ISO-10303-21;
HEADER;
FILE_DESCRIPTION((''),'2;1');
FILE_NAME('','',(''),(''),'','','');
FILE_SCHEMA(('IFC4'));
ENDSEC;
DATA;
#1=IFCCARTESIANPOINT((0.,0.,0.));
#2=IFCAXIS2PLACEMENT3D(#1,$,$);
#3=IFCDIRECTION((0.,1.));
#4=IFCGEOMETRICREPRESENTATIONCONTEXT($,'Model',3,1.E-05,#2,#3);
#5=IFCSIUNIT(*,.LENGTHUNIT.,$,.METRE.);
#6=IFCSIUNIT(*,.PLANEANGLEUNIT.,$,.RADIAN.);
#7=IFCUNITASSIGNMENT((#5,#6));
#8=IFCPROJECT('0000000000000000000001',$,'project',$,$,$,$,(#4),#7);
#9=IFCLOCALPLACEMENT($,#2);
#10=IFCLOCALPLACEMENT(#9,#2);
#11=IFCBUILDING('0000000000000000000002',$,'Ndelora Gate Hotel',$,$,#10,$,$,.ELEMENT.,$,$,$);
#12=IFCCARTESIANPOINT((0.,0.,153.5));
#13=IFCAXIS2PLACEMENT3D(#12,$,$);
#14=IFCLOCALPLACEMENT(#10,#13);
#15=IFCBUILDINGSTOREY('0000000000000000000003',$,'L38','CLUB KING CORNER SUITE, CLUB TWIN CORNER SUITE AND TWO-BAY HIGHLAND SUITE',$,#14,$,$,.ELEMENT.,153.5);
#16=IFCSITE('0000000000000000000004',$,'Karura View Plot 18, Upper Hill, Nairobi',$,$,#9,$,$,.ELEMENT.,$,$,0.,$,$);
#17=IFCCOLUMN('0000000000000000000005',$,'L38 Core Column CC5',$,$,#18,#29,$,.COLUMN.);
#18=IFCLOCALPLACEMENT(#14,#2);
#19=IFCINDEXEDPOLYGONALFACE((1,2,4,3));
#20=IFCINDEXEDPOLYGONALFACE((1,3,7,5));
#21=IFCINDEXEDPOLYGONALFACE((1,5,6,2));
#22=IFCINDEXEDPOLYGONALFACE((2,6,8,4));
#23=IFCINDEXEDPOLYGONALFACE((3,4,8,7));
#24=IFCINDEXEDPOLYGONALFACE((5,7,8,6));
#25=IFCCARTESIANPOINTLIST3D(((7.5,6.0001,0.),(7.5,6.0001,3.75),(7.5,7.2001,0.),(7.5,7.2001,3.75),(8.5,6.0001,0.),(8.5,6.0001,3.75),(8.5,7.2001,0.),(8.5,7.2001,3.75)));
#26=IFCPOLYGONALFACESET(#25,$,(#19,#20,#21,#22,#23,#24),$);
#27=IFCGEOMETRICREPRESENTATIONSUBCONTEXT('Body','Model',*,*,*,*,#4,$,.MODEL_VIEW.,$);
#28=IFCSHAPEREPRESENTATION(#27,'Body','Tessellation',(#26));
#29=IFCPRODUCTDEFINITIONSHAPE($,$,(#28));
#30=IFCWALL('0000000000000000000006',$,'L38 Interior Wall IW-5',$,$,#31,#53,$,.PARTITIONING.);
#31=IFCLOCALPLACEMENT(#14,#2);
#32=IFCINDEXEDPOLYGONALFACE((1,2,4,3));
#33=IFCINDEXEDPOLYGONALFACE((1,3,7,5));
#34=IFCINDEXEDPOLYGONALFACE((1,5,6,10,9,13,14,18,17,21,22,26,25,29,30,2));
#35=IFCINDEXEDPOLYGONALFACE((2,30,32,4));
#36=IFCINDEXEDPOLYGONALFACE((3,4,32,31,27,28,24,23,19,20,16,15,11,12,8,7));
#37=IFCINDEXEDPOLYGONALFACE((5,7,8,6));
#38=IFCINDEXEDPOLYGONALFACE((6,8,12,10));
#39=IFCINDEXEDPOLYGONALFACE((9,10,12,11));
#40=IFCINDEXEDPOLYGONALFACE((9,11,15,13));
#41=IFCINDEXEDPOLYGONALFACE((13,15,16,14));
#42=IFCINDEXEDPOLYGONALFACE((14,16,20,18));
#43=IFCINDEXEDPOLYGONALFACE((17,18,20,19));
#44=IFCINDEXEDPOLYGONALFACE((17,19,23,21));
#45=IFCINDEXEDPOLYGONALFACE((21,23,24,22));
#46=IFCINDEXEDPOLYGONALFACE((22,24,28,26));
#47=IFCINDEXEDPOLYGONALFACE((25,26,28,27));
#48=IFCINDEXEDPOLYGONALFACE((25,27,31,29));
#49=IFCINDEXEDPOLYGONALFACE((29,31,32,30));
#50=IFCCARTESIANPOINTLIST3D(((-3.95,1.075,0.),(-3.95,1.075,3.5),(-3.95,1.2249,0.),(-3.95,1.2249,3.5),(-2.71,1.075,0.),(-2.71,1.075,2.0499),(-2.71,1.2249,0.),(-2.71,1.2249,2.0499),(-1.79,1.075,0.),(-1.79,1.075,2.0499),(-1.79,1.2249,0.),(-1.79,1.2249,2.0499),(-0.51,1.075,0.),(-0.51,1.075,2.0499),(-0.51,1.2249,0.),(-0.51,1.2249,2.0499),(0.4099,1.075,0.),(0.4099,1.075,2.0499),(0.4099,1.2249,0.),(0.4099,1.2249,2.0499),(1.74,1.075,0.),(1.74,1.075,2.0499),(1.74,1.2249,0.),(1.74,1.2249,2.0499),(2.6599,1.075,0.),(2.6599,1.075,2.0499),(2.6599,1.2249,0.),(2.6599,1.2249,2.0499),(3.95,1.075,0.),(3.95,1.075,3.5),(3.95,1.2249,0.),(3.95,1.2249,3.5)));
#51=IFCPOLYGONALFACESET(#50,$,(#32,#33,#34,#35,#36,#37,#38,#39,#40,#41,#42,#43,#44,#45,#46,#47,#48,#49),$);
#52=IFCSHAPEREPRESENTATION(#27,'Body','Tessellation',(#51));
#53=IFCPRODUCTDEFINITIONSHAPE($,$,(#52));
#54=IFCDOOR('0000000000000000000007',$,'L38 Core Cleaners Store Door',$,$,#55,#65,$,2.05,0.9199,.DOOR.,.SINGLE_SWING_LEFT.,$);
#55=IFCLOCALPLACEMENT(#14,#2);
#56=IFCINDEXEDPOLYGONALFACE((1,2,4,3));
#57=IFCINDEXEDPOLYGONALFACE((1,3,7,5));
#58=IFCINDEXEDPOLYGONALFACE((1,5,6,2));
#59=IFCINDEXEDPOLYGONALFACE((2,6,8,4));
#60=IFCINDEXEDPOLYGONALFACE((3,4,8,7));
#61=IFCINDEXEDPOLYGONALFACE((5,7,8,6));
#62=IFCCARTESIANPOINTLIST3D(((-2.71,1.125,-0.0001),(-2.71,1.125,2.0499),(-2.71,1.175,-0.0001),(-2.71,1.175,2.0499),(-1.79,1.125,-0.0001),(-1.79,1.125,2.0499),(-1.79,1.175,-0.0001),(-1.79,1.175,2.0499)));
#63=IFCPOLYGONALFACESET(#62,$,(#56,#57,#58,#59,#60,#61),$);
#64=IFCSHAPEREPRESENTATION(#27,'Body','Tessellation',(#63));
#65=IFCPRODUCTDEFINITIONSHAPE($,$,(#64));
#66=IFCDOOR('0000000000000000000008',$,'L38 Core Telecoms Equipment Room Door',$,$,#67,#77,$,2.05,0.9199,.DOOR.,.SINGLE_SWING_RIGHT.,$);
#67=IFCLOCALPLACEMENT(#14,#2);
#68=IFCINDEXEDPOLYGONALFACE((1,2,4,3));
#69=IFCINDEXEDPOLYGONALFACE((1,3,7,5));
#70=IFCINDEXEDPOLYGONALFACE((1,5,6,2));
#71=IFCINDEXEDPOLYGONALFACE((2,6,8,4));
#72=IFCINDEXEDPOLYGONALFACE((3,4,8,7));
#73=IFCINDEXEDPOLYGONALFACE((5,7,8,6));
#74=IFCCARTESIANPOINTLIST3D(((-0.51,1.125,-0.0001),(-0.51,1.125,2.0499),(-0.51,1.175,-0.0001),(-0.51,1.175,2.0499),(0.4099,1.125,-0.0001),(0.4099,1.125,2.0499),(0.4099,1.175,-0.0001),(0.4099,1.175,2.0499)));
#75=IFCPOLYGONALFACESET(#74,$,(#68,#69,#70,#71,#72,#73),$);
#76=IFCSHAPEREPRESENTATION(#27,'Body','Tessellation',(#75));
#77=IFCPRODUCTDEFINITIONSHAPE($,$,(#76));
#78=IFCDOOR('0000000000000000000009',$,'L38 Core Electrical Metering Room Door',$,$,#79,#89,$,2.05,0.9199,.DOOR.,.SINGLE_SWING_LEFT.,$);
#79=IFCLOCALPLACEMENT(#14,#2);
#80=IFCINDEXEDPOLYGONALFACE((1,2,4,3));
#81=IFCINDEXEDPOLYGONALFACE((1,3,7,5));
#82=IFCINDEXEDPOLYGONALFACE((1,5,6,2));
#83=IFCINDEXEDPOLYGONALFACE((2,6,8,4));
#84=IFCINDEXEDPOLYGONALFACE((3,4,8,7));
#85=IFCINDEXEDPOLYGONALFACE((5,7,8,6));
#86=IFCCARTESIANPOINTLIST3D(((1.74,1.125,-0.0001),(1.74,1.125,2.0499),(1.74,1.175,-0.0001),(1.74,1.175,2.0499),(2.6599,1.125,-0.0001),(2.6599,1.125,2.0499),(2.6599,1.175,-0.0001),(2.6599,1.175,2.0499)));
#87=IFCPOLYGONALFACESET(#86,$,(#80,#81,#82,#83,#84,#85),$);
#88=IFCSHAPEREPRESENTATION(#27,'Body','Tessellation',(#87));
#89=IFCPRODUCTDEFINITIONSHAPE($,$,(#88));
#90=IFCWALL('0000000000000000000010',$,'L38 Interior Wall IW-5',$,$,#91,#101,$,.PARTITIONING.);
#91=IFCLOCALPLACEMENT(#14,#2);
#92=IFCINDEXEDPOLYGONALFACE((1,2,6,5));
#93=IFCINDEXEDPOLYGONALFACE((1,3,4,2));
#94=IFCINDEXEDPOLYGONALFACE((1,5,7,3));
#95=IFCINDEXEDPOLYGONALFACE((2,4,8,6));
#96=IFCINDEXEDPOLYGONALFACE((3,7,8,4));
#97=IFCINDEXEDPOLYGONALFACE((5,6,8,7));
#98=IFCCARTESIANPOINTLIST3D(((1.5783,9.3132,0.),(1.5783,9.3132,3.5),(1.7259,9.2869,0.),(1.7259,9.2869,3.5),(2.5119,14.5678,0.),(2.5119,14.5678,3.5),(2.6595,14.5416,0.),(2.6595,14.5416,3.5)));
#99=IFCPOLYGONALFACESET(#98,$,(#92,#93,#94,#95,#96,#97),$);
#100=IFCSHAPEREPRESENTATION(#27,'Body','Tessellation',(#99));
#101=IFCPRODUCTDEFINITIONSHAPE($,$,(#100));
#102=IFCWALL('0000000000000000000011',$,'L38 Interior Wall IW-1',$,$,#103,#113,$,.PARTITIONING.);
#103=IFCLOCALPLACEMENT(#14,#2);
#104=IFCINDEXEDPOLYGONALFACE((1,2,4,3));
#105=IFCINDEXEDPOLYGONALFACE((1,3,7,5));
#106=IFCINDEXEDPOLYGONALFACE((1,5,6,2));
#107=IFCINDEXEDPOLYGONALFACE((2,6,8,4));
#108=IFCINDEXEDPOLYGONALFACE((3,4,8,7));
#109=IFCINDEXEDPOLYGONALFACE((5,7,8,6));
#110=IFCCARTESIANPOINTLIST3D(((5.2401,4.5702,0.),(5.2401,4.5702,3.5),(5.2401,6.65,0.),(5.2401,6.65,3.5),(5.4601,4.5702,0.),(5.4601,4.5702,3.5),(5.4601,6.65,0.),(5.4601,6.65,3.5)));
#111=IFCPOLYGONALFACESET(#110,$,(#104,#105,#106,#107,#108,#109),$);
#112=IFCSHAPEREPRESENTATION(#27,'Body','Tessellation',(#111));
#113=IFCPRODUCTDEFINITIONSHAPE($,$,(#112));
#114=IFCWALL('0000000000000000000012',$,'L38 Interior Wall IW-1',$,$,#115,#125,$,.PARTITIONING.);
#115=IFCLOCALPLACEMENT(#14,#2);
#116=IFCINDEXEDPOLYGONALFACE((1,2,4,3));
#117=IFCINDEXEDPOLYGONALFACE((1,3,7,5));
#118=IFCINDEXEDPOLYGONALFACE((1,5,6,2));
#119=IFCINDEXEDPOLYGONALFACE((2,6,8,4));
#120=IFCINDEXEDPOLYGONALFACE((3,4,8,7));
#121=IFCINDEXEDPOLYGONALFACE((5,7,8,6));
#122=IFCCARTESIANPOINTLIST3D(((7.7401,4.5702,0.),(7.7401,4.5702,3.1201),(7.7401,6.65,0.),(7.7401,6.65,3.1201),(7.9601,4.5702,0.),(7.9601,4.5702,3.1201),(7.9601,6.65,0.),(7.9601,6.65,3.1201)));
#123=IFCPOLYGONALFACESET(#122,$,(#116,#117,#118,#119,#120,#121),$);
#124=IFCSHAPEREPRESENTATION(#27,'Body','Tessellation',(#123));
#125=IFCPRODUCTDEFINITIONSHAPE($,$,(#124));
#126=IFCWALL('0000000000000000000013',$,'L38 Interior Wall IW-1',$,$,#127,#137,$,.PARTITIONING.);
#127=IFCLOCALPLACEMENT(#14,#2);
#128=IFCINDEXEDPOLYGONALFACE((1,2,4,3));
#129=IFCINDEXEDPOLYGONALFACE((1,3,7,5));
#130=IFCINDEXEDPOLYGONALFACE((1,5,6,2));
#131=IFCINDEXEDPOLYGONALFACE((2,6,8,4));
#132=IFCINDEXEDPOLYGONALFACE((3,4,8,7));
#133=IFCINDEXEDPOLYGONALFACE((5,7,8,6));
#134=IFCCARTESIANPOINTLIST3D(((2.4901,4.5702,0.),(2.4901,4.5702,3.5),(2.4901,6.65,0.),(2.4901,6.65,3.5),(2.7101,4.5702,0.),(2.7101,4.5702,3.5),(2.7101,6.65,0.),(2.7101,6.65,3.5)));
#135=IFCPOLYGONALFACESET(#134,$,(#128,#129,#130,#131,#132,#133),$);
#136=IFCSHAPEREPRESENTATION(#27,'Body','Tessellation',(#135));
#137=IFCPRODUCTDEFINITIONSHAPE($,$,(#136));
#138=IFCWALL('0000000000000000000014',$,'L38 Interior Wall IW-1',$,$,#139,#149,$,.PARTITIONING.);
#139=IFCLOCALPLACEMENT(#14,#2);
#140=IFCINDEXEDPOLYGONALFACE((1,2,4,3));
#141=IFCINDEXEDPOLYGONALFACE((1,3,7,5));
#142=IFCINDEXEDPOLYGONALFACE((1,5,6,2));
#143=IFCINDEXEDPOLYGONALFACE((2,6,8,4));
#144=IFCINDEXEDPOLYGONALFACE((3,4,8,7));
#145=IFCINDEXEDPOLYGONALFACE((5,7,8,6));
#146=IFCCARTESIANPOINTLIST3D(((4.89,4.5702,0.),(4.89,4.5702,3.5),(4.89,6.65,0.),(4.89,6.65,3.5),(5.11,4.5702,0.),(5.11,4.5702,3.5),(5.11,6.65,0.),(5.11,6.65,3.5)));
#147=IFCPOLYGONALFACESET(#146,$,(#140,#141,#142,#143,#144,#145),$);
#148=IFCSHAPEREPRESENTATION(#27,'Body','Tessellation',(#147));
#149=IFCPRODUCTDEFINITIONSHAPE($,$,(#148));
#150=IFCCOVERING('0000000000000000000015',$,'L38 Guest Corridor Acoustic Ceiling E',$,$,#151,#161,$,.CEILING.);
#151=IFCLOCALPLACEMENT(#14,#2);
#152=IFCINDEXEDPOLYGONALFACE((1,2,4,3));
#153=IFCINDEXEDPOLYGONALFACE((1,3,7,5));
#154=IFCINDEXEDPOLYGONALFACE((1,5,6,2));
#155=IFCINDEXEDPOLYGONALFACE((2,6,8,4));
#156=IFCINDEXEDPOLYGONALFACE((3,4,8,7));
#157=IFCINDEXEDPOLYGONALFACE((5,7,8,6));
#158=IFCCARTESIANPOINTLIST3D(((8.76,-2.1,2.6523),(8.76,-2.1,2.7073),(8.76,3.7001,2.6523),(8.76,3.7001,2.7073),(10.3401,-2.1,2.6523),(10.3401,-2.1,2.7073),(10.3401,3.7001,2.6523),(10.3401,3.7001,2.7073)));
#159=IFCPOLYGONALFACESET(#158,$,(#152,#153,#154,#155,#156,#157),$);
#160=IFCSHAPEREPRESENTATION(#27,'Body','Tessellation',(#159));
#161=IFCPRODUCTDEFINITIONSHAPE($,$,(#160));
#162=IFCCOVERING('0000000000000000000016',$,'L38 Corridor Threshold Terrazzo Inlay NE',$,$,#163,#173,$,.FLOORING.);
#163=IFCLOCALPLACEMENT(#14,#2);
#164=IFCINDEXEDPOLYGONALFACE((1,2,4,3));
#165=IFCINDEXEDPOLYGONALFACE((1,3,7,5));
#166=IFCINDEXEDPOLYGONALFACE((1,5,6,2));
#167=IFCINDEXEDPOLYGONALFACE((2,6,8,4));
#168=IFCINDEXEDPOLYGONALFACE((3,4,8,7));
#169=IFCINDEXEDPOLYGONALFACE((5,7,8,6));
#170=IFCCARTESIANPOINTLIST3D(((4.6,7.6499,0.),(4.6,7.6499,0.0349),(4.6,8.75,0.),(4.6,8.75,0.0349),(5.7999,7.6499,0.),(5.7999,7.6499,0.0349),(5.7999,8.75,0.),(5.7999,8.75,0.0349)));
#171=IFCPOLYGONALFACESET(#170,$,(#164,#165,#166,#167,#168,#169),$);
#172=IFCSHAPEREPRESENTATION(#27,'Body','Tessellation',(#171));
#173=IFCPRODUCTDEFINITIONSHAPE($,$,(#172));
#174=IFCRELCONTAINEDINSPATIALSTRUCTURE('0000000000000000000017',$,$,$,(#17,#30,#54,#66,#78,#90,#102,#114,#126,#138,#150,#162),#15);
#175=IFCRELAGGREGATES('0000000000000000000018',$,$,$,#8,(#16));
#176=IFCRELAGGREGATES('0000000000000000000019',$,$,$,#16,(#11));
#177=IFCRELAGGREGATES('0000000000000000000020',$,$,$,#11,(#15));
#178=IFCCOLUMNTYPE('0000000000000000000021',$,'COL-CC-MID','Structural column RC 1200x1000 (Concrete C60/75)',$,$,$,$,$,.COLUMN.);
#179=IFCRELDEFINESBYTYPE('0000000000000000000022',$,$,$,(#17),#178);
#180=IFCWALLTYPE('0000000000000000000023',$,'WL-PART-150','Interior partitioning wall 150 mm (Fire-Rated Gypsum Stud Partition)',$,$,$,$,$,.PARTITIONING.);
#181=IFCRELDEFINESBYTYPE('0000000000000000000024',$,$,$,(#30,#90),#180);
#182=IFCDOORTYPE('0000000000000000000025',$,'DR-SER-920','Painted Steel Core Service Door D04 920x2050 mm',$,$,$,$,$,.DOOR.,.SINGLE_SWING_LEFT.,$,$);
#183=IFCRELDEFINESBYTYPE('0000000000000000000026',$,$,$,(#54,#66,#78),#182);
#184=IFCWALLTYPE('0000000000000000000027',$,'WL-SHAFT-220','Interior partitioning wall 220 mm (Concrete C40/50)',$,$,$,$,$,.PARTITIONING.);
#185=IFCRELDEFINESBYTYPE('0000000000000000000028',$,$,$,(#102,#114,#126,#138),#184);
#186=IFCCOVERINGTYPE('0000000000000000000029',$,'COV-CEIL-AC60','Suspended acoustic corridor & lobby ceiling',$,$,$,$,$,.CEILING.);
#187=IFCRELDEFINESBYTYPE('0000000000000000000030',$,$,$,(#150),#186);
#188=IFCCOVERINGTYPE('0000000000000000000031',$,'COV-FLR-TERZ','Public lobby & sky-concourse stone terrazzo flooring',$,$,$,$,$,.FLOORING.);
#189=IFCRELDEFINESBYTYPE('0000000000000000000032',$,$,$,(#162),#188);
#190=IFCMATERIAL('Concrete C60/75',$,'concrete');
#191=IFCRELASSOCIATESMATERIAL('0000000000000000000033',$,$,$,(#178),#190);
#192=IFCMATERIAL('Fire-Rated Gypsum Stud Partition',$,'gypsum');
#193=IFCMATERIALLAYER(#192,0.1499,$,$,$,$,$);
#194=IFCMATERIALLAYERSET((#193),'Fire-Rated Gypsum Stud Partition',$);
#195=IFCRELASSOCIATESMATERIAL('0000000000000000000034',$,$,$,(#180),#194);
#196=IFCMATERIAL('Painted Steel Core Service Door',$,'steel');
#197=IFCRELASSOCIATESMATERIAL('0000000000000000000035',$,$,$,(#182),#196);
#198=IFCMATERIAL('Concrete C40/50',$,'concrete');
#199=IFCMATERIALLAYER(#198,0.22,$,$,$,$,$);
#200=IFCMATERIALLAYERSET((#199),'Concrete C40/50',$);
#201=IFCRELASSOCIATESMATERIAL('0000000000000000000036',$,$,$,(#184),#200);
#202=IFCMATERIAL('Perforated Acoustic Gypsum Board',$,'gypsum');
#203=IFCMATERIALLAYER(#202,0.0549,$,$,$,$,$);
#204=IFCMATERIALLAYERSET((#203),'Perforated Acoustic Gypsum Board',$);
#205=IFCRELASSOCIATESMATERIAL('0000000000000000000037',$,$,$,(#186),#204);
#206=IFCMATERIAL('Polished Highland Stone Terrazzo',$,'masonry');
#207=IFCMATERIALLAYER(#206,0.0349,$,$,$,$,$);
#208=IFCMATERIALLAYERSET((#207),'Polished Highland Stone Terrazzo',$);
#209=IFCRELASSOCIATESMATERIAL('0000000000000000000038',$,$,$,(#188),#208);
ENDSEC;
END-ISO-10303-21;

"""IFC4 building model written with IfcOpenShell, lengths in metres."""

from ifc_helpers import new_model, si_unit, direction, frame, frame_2d, origin, origin_2d, place, context, subcontext, project, spatial, rectangle, extrude, material, layer, layer_set, material_profile, profile_set, type_object, element, fill, save


model = new_model("IFC4")

# Units and contexts
model_context = context("Model", 3, precision=1e-05, world=origin(), true_north=direction((0.0, 1.0)))
body_context = subcontext(model_context, "Body", "Model", "MODEL_VIEW")
ifc_project = project(units=[si_unit("LENGTHUNIT", "METRE"), si_unit("PLANEANGLEUNIT", "RADIAN")], contexts=[model_context])

# Site, building, storey
site_placement = place(None, origin())
site = spatial("IfcSite", under=ifc_project, at=site_placement, Name="Karura View Plot 18, Upper Hill, Nairobi", CompositionType="ELEMENT", RefElevation=0.0)
building_placement = place(site_placement, origin())
building = spatial("IfcBuilding", under=site, at=building_placement, Name="Ndelora Gate Hotel", CompositionType="ELEMENT")
storey_placement = place(building_placement, frame((0.0, 0.0, 153.5)))
storey = spatial("IfcBuildingStorey", under=building, at=storey_placement, Name="L38", Description="CLUB KING CORNER SUITE, CLUB TWIN CORNER SUITE AND TWO-BAY HIGHLAND SUITE", CompositionType="ELEMENT", Elevation=153.5)

# Column
ifc_material_1 = material(Name="Concrete C60/75", Category="concrete")
ifc_material_profile = material_profile(ifc_material_1, rectangle(XDim=1.0, YDim=1.2, at=origin_2d()), Name="RC 1200x1000")
ifc_profile_set = profile_set([ifc_material_profile], Name="Concrete C60/75")
column_type = type_object("IfcColumnType", Name="COL-CC-MID", Description="Structural column RC 1200x1000 (Concrete C60/75)", PredefinedType="COLUMN", material=ifc_profile_set)
column_placement = place(storey_placement, frame((8.0, 6.6001, 0.0), z_axis=(0.0, 0.0, 1.0), x_axis=(1.0, 0.0, 0.0)))
element("IfcColumn", 1, at=column_placement, inside=storey, type_object=column_type, Name="L38 Core Column CC5", PredefinedType="COLUMN", context=body_context, shape_type="SweptSolid", body=[
    extrude(rectangle(XDim=1.0, YDim=1.2, at=origin_2d()), origin(), (0.0, 0.0, 1.0), 3.75),
])

# Shared definitions
ifc_material_2 = material(Name="Concrete C40/50", Category="concrete")

# Wall, openings, doors
ifc_material_3 = material(Name="Fire-Rated Gypsum Stud Partition", Category="gypsum")
ifc_layer_1 = layer(ifc_material_3, 0.1499)
ifc_layer_set_1 = layer_set([ifc_layer_1], Name="Fire-Rated Gypsum Stud Partition")
wall_type_1 = type_object("IfcWallType", Name="WL-PART-150", Description="Interior partitioning wall 150 mm (Fire-Rated Gypsum Stud Partition)", PredefinedType="PARTITIONING", material=ifc_layer_set_1)
wall_1_placement = place(storey_placement, frame((3.95, 1.1499, 0.0), z_axis=(0.0, 0.0, 1.0), x_axis=(-1.0, 0.0, 0.0)))
wall_1 = element("IfcWall", 2, at=wall_1_placement, inside=storey, type_object=wall_type_1, Name="L38 Interior Wall IW-5", PredefinedType="PARTITIONING", context=body_context, shape_type="SweptSolid", body=[
    extrude(rectangle(XDim=7.8999, YDim=0.1499, at=frame_2d((3.95, 0.0))), origin(), (0.0, 0.0, 1.0), 3.5),
])
opening_1_placement = place(wall_1_placement, frame((5.74, 0.0, 0.0)))
opening_1 = element("IfcOpeningElement", 3, at=opening_1_placement, cuts=wall_1, PredefinedType="OPENING", context=body_context, shape_type="SweptSolid", body=[
    extrude(rectangle(XDim=0.9199, YDim=2.05, at=frame_2d((0.46, 1.0249))), frame((0.0, 0.085, 0.0), z_axis=(0.0, -1.0, 0.0), x_axis=(1.0, 0.0, 0.0)), (0.0, 0.0, 1.0), 0.1699),
])
opening_2_placement = place(wall_1_placement, frame((3.54, 0.0, 0.0)))
opening_2 = element("IfcOpeningElement", 4, at=opening_2_placement, cuts=wall_1, PredefinedType="OPENING", context=body_context, shape_type="SweptSolid", body=[
    extrude(rectangle(XDim=0.9199, YDim=2.05, at=frame_2d((0.46, 1.0249))), frame((0.0, 0.085, 0.0), z_axis=(0.0, -1.0, 0.0), x_axis=(1.0, 0.0, 0.0)), (0.0, 0.0, 1.0), 0.1699),
])
opening_3_placement = place(wall_1_placement, frame((1.29, 0.0, 0.0)))
opening_3 = element("IfcOpeningElement", 5, at=opening_3_placement, cuts=wall_1, PredefinedType="OPENING", context=body_context, shape_type="SweptSolid", body=[
    extrude(rectangle(XDim=0.9199, YDim=2.05, at=frame_2d((0.46, 1.0249))), frame((0.0, 0.085, 0.0), z_axis=(0.0, -1.0, 0.0), x_axis=(1.0, 0.0, 0.0)), (0.0, 0.0, 1.0), 0.1699),
])
ifc_material_4 = material(Name="Painted Steel Core Service Door", Category="steel")
door_type_1 = type_object("IfcDoorType", Name="DR-SER-920", Description="Painted Steel Core Service Door D04 920x2050 mm", OperationType="SINGLE_SWING_LEFT", PredefinedType="DOOR", material=ifc_material_4)
door_1_placement = place(opening_1_placement, origin())
door_1 = element("IfcDoor", 6, at=door_1_placement, inside=storey, type_object=door_type_1, Name="L38 Core Cleaners Store Door", OperationType="SINGLE_SWING_LEFT", OverallHeight=2.05, OverallWidth=0.9199, PredefinedType="DOOR", context=body_context, shape_type="SweptSolid", body=[
    extrude(rectangle(XDim=0.9199, YDim=2.05, at=frame_2d((0.46, 1.0249))), frame((0.0, 0.0249, 0.0), z_axis=(0.0, -1.0, 0.0), x_axis=(1.0, 0.0, 0.0)), (0.0, 0.0, 1.0), 0.05),
])
fill(opening_1, door_1)
door_2_placement = place(opening_2_placement, origin())
door_2 = element("IfcDoor", 7, at=door_2_placement, inside=storey, type_object=door_type_1, Name="L38 Core Telecoms Equipment Room Door", OperationType="SINGLE_SWING_RIGHT", OverallHeight=2.05, OverallWidth=0.9199, PredefinedType="DOOR", context=body_context, shape_type="SweptSolid", body=[
    extrude(rectangle(XDim=0.9199, YDim=2.05, at=frame_2d((0.46, 1.0249))), frame((0.0, 0.0249, 0.0), z_axis=(0.0, -1.0, 0.0), x_axis=(1.0, 0.0, 0.0)), (0.0, 0.0, 1.0), 0.05),
])
fill(opening_2, door_2)
door_3_placement = place(opening_3_placement, origin())
door_3 = element("IfcDoor", 8, at=door_3_placement, inside=storey, type_object=door_type_1, Name="L38 Core Electrical Metering Room Door", OperationType="SINGLE_SWING_LEFT", OverallHeight=2.05, OverallWidth=0.9199, PredefinedType="DOOR", context=body_context, shape_type="SweptSolid", body=[
    extrude(rectangle(XDim=0.9199, YDim=2.05, at=frame_2d((0.46, 1.0249))), frame((0.0, 0.0249, 0.0), z_axis=(0.0, -1.0, 0.0), x_axis=(1.0, 0.0, 0.0)), (0.0, 0.0, 1.0), 0.05),
])
fill(opening_3, door_3)

# Wall
wall_2_placement = place(storey_placement, frame((1.6521, 9.3, 0.0), z_axis=(0.0, 0.0, 1.0), x_axis=(0.174931, 0.984581, 0.0)))
element("IfcWall", 9, at=wall_2_placement, inside=storey, type_object=wall_type_1, Name="L38 Interior Wall IW-5", PredefinedType="PARTITIONING", context=body_context, shape_type="SweptSolid", body=[
    extrude(rectangle(XDim=5.3369, YDim=0.1499, at=frame_2d((2.6685, 0.0))), origin(), (0.0, 0.0, 1.0), 3.5),
])

# Shared definitions
ifc_layer_2 = layer(ifc_material_2, 0.22)
ifc_layer_set_2 = layer_set([ifc_layer_2], Name="Concrete C40/50")
wall_type_2 = type_object("IfcWallType", Name="WL-SHAFT-220", Description="Interior partitioning wall 220 mm (Concrete C40/50)", PredefinedType="PARTITIONING", material=ifc_layer_set_2)

# Walls
wall_3_placement = place(storey_placement, frame((5.3501, 4.5701, 0.0), z_axis=(0.0, 0.0, 1.0), x_axis=(0.0, 1.0, 0.0)))
element("IfcWall", 10, at=wall_3_placement, inside=storey, type_object=wall_type_2, Name="L38 Interior Wall IW-1", PredefinedType="PARTITIONING", context=body_context, shape_type="SweptSolid", body=[
    extrude(rectangle(XDim=2.0798, YDim=0.22, at=frame_2d((1.04, 0.0))), origin(), (0.0, 0.0, 1.0), 3.5),
])
wall_4_placement = place(storey_placement, frame((7.8501, 4.5701, 0.0), z_axis=(0.0, 0.0, 1.0), x_axis=(0.0, 1.0, 0.0)))
element("IfcWall", 11, at=wall_4_placement, inside=storey, type_object=wall_type_2, Name="L38 Interior Wall IW-1", PredefinedType="PARTITIONING", context=body_context, shape_type="SweptSolid", body=[
    extrude(rectangle(XDim=2.0798, YDim=0.22, at=frame_2d((1.04, 0.0))), origin(), (0.0, 0.0, 1.0), 3.1201),
])

# Walls
for number, where, z_axis, x_axis, name in (
    (12, (2.6001, 4.5701, 0.0), (0.0, 0.0, 1.0), (0.0, 1.0, 0.0), "L38 Interior Wall IW-1"),
    (13, (5.0, 4.5701, 0.0), (0.0, 0.0, 1.0), (0.0, 1.0, 0.0), "L38 Interior Wall IW-1"),
):
    element("IfcWall", number, at=place(storey_placement, frame(where, z_axis=z_axis, x_axis=x_axis)), inside=storey, type_object=wall_type_2, Name=name, PredefinedType="PARTITIONING", context=body_context, shape_type="SweptSolid", body=[
        extrude(rectangle(XDim=2.0798, YDim=0.22, at=frame_2d((1.04, 0.0))), origin(), (0.0, 0.0, 1.0), 3.5),
    ])

# Coverings
ifc_material_5 = material(Name="Perforated Acoustic Gypsum Board", Category="gypsum")
ifc_layer_3 = layer(ifc_material_5, 0.0549)
ifc_layer_set_3 = layer_set([ifc_layer_3], Name="Perforated Acoustic Gypsum Board")
covering_type_1 = type_object("IfcCoveringType", Name="COV-CEIL-AC60", Description="Suspended acoustic corridor & lobby ceiling", PredefinedType="CEILING", material=ifc_layer_set_3)
covering_1_placement = place(storey_placement, frame((9.55, 0.8, 2.6523), z_axis=(0.0, 0.0, 1.0), x_axis=(1.0, 0.0, 0.0)))
element("IfcCovering", 14, at=covering_1_placement, inside=storey, type_object=covering_type_1, Name="L38 Guest Corridor Acoustic Ceiling E", PredefinedType="CEILING", context=body_context, shape_type="SweptSolid", body=[
    extrude(rectangle(XDim=1.5801, YDim=5.8, at=origin_2d()), origin(), (0.0, 0.0, 1.0), 0.0549),
])
ifc_material_6 = material(Name="Polished Highland Stone Terrazzo", Category="masonry")
ifc_layer_4 = layer(ifc_material_6, 0.0349)
ifc_layer_set_4 = layer_set([ifc_layer_4], Name="Polished Highland Stone Terrazzo")
covering_type_2 = type_object("IfcCoveringType", Name="COV-FLR-TERZ", Description="Public lobby & sky-concourse stone terrazzo flooring", PredefinedType="FLOORING", material=ifc_layer_set_4)
for number, where, z_axis, x_axis, name in (
    (15, (5.2, 8.2, 0.0), (0.0, 0.0, 1.0), (1.0, 0.0, 0.0), "L38 Corridor Threshold Terrazzo Inlay NE"),
):
    element("IfcCovering", number, at=place(storey_placement, frame(where, z_axis=z_axis, x_axis=x_axis)), inside=storey, type_object=covering_type_2, Name=name, PredefinedType="FLOORING", context=body_context, shape_type="SweptSolid", body=[
        extrude(rectangle(XDim=1.2, YDim=1.1001, at=origin_2d()), origin(), (0.0, 0.0, 1.0), 0.0349),
    ])

save(model, "model.ifc")
